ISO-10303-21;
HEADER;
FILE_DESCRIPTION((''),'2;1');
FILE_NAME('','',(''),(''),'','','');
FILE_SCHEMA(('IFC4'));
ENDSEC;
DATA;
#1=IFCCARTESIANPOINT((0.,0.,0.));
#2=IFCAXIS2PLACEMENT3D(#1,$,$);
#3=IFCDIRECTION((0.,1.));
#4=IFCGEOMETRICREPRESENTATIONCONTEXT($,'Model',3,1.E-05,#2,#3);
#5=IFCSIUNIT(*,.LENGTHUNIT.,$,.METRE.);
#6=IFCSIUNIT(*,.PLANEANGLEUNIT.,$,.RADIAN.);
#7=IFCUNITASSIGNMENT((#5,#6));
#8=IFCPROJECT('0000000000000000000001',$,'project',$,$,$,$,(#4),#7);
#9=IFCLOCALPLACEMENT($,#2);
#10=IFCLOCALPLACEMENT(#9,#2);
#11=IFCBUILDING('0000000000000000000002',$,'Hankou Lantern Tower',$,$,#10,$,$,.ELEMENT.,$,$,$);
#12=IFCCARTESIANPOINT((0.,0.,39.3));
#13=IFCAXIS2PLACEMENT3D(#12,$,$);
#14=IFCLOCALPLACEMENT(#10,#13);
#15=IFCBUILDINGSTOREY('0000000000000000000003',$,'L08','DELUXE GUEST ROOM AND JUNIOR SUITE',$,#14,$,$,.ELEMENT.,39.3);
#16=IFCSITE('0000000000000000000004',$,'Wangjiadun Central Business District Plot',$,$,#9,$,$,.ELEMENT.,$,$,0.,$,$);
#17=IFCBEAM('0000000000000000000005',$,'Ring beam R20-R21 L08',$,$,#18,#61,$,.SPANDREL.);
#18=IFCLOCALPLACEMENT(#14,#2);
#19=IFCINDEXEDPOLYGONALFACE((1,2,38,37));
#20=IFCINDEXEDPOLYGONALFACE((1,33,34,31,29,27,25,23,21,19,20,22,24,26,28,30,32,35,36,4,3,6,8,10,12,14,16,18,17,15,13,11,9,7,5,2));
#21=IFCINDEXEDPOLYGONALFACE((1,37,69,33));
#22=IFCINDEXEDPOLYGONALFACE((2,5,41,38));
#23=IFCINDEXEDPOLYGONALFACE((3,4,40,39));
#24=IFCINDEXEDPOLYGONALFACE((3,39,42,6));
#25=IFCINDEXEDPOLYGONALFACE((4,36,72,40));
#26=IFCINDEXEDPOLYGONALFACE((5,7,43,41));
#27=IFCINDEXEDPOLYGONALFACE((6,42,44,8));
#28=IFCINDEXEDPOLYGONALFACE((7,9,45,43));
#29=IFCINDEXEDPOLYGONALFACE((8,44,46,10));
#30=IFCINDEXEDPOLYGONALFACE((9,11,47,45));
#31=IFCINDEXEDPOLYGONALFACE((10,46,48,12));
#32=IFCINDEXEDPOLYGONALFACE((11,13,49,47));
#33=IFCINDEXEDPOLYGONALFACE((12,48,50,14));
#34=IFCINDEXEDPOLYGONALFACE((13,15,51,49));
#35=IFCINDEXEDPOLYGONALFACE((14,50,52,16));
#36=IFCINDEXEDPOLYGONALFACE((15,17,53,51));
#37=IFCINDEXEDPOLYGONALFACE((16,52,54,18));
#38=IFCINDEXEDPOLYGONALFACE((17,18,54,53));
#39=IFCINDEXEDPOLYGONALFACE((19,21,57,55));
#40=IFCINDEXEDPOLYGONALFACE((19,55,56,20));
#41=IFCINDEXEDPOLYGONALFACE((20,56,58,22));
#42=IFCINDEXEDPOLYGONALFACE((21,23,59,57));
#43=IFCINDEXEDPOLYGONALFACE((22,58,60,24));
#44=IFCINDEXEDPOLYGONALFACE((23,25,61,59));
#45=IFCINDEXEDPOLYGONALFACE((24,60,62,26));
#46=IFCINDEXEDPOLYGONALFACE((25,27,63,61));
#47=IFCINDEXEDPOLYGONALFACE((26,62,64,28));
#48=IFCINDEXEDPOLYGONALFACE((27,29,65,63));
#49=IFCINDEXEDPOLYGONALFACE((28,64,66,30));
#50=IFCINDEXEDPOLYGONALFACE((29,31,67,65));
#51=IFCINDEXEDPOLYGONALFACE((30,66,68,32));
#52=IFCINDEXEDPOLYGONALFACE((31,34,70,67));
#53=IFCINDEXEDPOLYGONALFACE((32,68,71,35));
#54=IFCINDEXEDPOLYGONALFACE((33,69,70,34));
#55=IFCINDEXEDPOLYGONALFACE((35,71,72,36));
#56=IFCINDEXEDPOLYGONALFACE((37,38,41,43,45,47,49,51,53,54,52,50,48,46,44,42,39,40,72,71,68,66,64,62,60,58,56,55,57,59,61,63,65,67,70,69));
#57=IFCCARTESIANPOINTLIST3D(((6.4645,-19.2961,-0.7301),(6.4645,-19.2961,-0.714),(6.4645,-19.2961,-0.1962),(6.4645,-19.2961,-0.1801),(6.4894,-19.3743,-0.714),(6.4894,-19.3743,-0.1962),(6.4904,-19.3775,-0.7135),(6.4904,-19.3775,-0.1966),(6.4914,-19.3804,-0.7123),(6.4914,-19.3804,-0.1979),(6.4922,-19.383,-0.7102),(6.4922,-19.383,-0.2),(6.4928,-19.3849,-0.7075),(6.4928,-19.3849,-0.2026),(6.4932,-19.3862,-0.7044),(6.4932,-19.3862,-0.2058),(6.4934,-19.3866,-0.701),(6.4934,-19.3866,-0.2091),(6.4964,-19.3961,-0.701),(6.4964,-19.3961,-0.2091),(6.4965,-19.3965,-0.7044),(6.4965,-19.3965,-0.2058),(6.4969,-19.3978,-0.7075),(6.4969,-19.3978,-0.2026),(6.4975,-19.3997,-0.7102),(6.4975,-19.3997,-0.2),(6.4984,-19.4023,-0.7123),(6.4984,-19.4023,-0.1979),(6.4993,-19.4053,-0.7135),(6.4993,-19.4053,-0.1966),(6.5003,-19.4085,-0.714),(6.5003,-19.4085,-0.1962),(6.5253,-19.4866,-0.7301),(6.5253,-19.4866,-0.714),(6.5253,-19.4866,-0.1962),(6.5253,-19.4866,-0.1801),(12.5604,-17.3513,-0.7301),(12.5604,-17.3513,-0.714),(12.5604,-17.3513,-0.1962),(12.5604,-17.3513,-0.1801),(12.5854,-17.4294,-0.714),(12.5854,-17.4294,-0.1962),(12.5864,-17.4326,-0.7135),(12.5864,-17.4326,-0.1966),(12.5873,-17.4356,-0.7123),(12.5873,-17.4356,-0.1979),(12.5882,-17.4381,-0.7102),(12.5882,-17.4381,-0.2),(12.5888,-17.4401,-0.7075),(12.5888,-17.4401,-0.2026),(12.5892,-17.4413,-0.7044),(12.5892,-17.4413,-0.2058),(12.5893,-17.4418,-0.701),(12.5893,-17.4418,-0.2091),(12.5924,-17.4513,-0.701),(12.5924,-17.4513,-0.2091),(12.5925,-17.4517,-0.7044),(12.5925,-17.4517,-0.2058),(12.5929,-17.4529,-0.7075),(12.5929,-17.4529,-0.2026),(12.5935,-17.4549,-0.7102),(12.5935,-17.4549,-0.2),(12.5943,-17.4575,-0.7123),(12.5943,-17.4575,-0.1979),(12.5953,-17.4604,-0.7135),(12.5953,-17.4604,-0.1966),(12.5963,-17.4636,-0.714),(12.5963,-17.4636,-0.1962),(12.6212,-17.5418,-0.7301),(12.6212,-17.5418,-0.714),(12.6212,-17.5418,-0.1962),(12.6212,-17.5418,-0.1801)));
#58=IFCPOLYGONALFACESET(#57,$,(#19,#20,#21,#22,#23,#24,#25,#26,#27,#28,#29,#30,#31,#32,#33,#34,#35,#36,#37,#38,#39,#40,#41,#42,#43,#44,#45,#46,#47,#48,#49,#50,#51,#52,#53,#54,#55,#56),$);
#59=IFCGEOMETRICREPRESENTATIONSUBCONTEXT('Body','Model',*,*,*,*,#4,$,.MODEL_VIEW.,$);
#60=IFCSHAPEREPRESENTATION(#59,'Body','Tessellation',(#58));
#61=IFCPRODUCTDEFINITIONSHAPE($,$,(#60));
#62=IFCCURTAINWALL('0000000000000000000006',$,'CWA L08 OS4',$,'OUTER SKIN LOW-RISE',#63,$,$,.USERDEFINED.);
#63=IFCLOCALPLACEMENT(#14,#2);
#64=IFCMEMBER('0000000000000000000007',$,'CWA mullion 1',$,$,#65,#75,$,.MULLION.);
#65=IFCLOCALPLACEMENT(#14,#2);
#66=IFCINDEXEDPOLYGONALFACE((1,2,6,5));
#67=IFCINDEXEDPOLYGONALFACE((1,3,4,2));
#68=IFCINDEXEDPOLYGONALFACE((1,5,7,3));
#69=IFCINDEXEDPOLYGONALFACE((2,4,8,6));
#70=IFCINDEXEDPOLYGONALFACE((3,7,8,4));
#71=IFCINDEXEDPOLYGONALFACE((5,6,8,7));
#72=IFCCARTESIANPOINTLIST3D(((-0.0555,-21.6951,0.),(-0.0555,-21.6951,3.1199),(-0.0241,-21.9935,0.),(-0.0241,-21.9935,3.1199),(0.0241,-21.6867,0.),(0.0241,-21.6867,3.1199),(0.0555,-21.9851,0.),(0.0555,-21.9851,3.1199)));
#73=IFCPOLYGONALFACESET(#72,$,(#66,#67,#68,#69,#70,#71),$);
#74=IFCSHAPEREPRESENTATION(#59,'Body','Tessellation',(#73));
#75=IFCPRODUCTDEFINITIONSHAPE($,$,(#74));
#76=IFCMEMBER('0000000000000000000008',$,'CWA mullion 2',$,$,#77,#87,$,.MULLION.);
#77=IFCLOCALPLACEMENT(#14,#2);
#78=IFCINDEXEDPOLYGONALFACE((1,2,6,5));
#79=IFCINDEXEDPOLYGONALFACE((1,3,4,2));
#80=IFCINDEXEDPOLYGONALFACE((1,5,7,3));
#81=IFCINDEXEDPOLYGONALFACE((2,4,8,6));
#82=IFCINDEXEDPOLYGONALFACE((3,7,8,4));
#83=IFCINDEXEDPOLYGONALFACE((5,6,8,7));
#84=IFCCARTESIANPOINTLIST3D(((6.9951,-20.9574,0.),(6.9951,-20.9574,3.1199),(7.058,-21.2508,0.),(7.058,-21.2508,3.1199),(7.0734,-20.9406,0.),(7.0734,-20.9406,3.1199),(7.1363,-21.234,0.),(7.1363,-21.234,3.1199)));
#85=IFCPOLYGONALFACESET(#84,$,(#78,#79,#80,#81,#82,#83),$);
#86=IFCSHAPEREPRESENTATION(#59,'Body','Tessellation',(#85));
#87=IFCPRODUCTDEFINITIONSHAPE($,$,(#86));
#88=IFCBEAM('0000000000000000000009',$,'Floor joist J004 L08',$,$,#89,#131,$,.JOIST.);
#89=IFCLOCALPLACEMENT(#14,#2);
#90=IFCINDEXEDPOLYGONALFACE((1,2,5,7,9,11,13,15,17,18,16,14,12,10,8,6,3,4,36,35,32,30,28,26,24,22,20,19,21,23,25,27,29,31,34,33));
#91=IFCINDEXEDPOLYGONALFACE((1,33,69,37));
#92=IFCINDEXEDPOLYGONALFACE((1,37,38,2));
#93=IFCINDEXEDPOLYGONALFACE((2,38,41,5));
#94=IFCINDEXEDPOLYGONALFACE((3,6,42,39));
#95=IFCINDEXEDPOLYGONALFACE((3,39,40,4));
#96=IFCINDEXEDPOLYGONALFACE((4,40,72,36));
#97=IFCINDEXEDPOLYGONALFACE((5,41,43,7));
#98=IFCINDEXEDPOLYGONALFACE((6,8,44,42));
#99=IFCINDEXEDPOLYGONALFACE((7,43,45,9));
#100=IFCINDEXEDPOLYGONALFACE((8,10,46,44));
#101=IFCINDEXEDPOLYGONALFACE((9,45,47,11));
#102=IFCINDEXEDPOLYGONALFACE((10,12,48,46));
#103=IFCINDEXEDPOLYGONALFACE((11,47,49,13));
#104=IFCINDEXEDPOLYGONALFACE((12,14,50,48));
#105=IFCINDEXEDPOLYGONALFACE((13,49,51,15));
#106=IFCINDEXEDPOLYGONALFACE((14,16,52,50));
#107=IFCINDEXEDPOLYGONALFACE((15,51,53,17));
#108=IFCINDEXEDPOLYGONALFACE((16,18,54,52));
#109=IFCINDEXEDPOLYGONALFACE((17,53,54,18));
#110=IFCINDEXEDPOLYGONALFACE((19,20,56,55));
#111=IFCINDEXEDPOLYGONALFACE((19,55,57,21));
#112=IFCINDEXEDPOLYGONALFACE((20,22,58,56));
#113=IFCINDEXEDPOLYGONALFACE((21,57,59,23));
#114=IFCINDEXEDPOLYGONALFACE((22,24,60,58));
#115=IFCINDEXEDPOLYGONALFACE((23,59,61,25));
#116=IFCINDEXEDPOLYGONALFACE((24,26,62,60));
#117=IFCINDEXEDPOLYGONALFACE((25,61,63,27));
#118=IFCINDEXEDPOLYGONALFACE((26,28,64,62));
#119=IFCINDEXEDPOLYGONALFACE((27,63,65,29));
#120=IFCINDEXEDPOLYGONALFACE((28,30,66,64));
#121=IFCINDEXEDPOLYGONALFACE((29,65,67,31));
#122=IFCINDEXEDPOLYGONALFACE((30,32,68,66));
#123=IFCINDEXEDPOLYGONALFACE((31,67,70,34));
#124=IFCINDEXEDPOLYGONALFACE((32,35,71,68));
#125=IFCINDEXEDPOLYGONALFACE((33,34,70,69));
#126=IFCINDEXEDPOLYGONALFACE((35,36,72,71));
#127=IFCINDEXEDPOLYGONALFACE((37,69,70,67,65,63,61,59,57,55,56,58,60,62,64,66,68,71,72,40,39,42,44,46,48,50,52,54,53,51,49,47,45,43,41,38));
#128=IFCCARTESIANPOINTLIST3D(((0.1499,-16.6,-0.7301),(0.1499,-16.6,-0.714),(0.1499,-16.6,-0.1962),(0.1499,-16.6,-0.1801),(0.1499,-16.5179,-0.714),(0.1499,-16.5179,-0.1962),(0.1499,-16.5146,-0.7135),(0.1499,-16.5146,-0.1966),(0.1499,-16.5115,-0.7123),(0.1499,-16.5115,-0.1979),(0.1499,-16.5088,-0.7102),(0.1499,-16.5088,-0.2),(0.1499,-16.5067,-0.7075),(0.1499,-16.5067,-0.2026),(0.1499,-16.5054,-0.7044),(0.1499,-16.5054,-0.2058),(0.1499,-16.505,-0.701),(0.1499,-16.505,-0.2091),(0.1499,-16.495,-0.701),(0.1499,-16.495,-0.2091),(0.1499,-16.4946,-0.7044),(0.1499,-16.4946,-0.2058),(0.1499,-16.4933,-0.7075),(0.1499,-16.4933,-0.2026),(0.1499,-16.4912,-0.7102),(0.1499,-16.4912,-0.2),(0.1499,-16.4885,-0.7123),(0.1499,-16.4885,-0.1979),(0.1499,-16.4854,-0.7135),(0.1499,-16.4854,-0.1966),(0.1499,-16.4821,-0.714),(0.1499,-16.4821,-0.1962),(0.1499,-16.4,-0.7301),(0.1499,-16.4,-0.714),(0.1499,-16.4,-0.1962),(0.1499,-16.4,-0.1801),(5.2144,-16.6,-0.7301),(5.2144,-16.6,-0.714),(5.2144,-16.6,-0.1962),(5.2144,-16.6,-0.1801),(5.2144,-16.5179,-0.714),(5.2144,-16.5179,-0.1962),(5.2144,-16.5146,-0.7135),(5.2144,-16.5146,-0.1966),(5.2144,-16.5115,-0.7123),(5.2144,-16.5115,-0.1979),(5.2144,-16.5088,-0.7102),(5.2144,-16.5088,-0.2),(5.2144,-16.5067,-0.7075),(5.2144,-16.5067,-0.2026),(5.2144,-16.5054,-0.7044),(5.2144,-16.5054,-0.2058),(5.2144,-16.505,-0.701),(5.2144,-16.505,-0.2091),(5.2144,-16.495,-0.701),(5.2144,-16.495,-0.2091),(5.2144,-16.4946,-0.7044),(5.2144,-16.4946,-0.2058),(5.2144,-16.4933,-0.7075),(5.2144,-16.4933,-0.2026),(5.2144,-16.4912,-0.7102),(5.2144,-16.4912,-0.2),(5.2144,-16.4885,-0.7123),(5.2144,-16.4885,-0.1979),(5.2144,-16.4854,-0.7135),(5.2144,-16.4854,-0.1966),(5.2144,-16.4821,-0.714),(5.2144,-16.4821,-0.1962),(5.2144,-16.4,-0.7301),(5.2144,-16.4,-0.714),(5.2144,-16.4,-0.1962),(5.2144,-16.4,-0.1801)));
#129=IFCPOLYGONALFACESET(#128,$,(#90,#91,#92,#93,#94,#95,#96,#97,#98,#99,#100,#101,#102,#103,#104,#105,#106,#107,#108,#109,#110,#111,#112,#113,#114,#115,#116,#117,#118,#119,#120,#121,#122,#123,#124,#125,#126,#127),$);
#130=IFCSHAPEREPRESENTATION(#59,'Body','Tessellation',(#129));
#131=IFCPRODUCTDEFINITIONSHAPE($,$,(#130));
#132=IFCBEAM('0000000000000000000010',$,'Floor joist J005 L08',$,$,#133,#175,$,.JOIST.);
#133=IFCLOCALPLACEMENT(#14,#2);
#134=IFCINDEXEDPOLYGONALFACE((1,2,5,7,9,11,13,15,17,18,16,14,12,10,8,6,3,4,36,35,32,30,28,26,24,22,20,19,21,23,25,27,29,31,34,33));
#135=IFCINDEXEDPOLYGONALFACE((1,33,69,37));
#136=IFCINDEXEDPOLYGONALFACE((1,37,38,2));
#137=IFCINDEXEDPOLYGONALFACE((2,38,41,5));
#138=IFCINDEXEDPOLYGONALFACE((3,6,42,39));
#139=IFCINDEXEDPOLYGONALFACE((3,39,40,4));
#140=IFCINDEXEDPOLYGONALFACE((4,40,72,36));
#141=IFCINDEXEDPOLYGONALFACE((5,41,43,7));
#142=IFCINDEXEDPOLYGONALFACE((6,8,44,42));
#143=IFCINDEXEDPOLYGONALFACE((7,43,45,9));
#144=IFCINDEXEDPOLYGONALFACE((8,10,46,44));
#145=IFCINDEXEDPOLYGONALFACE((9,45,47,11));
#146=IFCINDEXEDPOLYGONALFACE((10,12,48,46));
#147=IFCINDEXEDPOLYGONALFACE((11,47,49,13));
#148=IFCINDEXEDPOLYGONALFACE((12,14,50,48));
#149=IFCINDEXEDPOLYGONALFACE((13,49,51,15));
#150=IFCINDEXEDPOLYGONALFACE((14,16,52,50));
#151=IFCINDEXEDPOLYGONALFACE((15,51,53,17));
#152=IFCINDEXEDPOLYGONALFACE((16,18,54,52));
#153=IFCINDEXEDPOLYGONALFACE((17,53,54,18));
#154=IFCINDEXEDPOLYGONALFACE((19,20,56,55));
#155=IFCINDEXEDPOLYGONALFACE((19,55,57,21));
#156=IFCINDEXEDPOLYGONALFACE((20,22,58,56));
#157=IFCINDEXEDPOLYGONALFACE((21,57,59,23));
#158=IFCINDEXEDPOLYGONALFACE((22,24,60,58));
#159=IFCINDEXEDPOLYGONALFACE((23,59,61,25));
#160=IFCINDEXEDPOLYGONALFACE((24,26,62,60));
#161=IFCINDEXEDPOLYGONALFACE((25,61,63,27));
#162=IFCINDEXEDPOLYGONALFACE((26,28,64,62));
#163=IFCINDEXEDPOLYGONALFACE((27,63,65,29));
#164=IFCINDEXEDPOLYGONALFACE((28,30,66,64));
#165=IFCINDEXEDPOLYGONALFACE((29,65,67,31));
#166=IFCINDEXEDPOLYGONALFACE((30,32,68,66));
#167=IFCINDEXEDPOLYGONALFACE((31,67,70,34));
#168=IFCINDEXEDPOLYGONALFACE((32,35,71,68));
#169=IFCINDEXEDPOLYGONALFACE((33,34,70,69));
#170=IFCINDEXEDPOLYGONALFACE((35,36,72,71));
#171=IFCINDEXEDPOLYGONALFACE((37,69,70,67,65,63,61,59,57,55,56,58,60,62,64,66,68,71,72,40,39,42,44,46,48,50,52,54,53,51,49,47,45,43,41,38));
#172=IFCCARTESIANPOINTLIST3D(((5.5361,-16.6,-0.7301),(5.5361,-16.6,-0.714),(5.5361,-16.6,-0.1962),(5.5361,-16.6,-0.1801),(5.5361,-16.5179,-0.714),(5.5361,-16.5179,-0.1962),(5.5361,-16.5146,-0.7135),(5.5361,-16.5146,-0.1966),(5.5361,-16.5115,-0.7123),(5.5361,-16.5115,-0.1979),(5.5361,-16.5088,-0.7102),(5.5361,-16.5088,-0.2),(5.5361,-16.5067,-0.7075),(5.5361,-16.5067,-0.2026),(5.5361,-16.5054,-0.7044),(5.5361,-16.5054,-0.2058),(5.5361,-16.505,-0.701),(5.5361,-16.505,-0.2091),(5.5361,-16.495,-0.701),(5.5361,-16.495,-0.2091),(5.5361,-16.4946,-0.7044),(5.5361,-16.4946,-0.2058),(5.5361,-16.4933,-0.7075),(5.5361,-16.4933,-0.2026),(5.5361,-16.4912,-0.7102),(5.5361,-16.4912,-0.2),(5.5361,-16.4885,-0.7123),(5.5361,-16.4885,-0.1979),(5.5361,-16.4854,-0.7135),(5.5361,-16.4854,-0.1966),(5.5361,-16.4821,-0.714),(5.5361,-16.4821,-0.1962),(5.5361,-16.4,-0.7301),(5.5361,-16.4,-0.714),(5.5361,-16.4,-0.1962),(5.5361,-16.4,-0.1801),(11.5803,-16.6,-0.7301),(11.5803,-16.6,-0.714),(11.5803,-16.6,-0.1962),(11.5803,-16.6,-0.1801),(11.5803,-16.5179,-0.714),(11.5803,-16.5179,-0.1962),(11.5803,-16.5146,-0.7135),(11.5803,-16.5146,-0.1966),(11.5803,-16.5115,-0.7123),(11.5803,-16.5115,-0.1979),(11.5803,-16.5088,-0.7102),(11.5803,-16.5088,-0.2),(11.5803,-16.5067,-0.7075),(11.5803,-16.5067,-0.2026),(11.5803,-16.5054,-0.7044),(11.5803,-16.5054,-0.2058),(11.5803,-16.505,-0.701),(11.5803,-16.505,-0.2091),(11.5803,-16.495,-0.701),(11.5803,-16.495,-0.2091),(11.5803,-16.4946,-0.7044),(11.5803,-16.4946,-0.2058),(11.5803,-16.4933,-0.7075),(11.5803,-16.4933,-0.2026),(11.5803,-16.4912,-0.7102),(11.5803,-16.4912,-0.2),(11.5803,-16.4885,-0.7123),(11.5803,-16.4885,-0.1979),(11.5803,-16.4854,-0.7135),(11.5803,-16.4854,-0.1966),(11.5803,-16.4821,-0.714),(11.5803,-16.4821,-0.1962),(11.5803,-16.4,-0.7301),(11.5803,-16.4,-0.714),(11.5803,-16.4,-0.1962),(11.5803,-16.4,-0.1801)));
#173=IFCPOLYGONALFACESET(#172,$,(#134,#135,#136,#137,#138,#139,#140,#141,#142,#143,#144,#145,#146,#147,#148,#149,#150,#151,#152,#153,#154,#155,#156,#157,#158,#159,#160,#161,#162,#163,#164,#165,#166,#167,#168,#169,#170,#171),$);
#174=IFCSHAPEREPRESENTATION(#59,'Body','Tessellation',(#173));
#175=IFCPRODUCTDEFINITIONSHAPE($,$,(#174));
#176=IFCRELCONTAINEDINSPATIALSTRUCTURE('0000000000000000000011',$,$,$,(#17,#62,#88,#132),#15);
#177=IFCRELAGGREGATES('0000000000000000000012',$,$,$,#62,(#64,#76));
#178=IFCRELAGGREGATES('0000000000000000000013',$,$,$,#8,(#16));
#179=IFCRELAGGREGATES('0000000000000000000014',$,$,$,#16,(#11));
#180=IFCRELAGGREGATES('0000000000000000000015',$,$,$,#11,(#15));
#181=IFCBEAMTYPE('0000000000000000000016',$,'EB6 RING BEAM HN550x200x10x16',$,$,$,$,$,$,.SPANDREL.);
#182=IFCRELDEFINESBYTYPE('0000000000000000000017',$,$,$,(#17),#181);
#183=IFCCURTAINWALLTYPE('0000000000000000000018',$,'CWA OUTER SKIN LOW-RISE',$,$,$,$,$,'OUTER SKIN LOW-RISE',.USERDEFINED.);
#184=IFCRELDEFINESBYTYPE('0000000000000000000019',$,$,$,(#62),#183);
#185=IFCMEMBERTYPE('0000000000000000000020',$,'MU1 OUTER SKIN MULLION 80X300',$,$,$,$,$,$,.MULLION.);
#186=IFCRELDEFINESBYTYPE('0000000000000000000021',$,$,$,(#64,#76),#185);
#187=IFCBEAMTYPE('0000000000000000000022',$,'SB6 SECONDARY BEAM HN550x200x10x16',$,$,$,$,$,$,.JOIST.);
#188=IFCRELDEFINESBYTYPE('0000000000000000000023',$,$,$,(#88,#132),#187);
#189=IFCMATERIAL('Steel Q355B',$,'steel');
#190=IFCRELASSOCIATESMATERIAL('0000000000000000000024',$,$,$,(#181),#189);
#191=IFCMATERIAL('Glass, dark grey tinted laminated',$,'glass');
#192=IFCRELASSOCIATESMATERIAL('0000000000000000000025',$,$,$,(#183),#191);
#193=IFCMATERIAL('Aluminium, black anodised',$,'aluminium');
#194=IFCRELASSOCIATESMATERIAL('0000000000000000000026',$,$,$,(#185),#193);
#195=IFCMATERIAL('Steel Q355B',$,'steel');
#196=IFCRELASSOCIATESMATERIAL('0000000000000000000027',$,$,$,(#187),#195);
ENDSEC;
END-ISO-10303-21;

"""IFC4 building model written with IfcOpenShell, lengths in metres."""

from ifc_helpers import new_model, si_unit, direction, frame, origin, origin_2d, place, context, subcontext, project, spatial, rectangle, i_section, extrude, material, material_profile, profile_set, type_object, element, aggregate, save


model = new_model("IFC4")

# Units and contexts
model_context = context("Model", 3, precision=1e-05, world=origin(), true_north=direction((0.0, 1.0)))
body_context = subcontext(model_context, "Body", "Model", "MODEL_VIEW")
ifc_project = project(units=[si_unit("LENGTHUNIT", "METRE"), si_unit("PLANEANGLEUNIT", "RADIAN")], contexts=[model_context])

# Site, building, storey
site_placement = place(None, origin())
site = spatial("IfcSite", under=ifc_project, at=site_placement, Name="Wangjiadun Central Business District Plot", CompositionType="ELEMENT", RefElevation=0.0)
building_placement = place(site_placement, origin())
building = spatial("IfcBuilding", under=site, at=building_placement, Name="Hankou Lantern Tower", CompositionType="ELEMENT")
storey_placement = place(building_placement, frame((0.0, 0.0, 39.3)))
storey = spatial("IfcBuildingStorey", under=building, at=storey_placement, Name="L08", Description="DELUXE GUEST ROOM AND JUNIOR SUITE", CompositionType="ELEMENT", Elevation=39.3)

# Beam
ifc_material_1 = material(Name="Steel Q355B", Category="steel")
ifc_material_profile_1 = material_profile(ifc_material_1, i_section(OverallWidth=0.2, OverallDepth=0.55, WebThickness=0.01, FlangeThickness=0.0161, FilletRadius=0.0129, at=origin_2d()), Name="HN550x200x10x16")
ifc_profile_set_1 = profile_set([ifc_material_profile_1], Name="Steel Q355B")
beam_type_1 = type_object("IfcBeamType", Name="EB6 RING BEAM HN550x200x10x16", PredefinedType="SPANDREL", material=ifc_profile_set_1)
beam_1_placement = place(storey_placement, frame((6.4949, -19.3914, -0.4551), z_axis=(0.95269, 0.303942, 0.0), x_axis=(-0.303942, 0.95269, 0.0)))
element("IfcBeam", 1, at=beam_1_placement, inside=storey, type_object=beam_type_1, Name="Ring beam R20-R21 L08", PredefinedType="SPANDREL", context=body_context, shape_type="SweptSolid", body=[
    extrude(i_section(OverallWidth=0.2, OverallDepth=0.55, WebThickness=0.01, FlangeThickness=0.0161, FilletRadius=0.0129, at=origin_2d()), origin(), (0.0, 0.0, 1.0), 6.3987),
])

# Curtain wall, members
ifc_material_2 = material(Name="Glass, dark grey tinted laminated", Category="glass")
curtain_wall_type = type_object("IfcCurtainWallType", Name="CWA OUTER SKIN LOW-RISE", ElementType="OUTER SKIN LOW-RISE", PredefinedType="USERDEFINED", material=ifc_material_2)
curtain_wall_placement = place(storey_placement, origin())
curtain_wall = element("IfcCurtainWall", 2, at=curtain_wall_placement, inside=storey, type_object=curtain_wall_type, Name="CWA L08 OS4", ObjectType="OUTER SKIN LOW-RISE", PredefinedType="USERDEFINED")
ifc_material_3 = material(Name="Aluminium, black anodised", Category="aluminium")
ifc_material_profile_2 = material_profile(ifc_material_3, rectangle(XDim=0.0801, YDim=0.3, at=origin_2d()), Name="MU1 80X300")
ifc_profile_set_2 = profile_set([ifc_material_profile_2], Name="Aluminium, black anodised")
member_type_1 = type_object("IfcMemberType", Name="MU1 OUTER SKIN MULLION 80X300", PredefinedType="MULLION", material=ifc_profile_set_2)
member_1_placement = place(storey_placement, frame((0.0, -21.8401, 0.0), z_axis=(0.0, 0.0, 1.0), x_axis=(0.994499, 0.104743, 0.0)))
member_1 = element("IfcMember", 3, at=member_1_placement, type_object=member_type_1, Name="CWA mullion 1", PredefinedType="MULLION", context=body_context, shape_type="SweptSolid", body=[
    extrude(rectangle(XDim=0.0801, YDim=0.3, at=origin_2d()), origin(), (0.0, 0.0, 1.0), 3.1199),
])
member_2_placement = place(storey_placement, frame((7.0657, -21.0957, 0.0), z_axis=(0.0, 0.0, 1.0), x_axis=(0.977788, 0.209598, 0.0)))
member_2 = element("IfcMember", 4, at=member_2_placement, type_object=member_type_1, Name="CWA mullion 2", PredefinedType="MULLION", context=body_context, shape_type="SweptSolid", body=[
    extrude(rectangle(XDim=0.0801, YDim=0.3, at=origin_2d()), origin(), (0.0, 0.0, 1.0), 3.1199),
])

# Beams
ifc_material_4 = material(Name="Steel Q355B", Category="steel")
ifc_material_profile_3 = material_profile(ifc_material_4, i_section(OverallWidth=0.2, OverallDepth=0.55, WebThickness=0.01, FlangeThickness=0.0161, FilletRadius=0.0129, at=origin_2d()), Name="HN550x200x10x16")
ifc_profile_set_3 = profile_set([ifc_material_profile_3], Name="Steel Q355B")
beam_type_2 = type_object("IfcBeamType", Name="SB6 SECONDARY BEAM HN550x200x10x16", PredefinedType="JOIST", material=ifc_profile_set_3)
beam_2_placement = place(storey_placement, frame((0.1499, -16.5, -0.4551), z_axis=(1.0, 0.0, 0.0), x_axis=(0.0, 1.0, 0.0)))
element("IfcBeam", 5, at=beam_2_placement, inside=storey, type_object=beam_type_2, Name="Floor joist J004 L08", PredefinedType="JOIST", context=body_context, shape_type="SweptSolid", body=[
    extrude(i_section(OverallWidth=0.2, OverallDepth=0.55, WebThickness=0.01, FlangeThickness=0.0161, FilletRadius=0.0129, at=origin_2d()), origin(), (0.0, 0.0, 1.0), 5.0645),
])
beam_3_placement = place(storey_placement, frame((5.5361, -16.5, -0.4551), z_axis=(1.0, 0.0, 0.0), x_axis=(0.0, 1.0, 0.0)))
element("IfcBeam", 6, at=beam_3_placement, inside=storey, type_object=beam_type_2, Name="Floor joist J005 L08", PredefinedType="JOIST", context=body_context, shape_type="SweptSolid", body=[
    extrude(i_section(OverallWidth=0.2, OverallDepth=0.55, WebThickness=0.01, FlangeThickness=0.0161, FilletRadius=0.0129, at=origin_2d()), origin(), (0.0, 0.0, 1.0), 6.0442),
])

aggregate(curtain_wall, [member_1, member_2])

save(model, "model.ifc")
